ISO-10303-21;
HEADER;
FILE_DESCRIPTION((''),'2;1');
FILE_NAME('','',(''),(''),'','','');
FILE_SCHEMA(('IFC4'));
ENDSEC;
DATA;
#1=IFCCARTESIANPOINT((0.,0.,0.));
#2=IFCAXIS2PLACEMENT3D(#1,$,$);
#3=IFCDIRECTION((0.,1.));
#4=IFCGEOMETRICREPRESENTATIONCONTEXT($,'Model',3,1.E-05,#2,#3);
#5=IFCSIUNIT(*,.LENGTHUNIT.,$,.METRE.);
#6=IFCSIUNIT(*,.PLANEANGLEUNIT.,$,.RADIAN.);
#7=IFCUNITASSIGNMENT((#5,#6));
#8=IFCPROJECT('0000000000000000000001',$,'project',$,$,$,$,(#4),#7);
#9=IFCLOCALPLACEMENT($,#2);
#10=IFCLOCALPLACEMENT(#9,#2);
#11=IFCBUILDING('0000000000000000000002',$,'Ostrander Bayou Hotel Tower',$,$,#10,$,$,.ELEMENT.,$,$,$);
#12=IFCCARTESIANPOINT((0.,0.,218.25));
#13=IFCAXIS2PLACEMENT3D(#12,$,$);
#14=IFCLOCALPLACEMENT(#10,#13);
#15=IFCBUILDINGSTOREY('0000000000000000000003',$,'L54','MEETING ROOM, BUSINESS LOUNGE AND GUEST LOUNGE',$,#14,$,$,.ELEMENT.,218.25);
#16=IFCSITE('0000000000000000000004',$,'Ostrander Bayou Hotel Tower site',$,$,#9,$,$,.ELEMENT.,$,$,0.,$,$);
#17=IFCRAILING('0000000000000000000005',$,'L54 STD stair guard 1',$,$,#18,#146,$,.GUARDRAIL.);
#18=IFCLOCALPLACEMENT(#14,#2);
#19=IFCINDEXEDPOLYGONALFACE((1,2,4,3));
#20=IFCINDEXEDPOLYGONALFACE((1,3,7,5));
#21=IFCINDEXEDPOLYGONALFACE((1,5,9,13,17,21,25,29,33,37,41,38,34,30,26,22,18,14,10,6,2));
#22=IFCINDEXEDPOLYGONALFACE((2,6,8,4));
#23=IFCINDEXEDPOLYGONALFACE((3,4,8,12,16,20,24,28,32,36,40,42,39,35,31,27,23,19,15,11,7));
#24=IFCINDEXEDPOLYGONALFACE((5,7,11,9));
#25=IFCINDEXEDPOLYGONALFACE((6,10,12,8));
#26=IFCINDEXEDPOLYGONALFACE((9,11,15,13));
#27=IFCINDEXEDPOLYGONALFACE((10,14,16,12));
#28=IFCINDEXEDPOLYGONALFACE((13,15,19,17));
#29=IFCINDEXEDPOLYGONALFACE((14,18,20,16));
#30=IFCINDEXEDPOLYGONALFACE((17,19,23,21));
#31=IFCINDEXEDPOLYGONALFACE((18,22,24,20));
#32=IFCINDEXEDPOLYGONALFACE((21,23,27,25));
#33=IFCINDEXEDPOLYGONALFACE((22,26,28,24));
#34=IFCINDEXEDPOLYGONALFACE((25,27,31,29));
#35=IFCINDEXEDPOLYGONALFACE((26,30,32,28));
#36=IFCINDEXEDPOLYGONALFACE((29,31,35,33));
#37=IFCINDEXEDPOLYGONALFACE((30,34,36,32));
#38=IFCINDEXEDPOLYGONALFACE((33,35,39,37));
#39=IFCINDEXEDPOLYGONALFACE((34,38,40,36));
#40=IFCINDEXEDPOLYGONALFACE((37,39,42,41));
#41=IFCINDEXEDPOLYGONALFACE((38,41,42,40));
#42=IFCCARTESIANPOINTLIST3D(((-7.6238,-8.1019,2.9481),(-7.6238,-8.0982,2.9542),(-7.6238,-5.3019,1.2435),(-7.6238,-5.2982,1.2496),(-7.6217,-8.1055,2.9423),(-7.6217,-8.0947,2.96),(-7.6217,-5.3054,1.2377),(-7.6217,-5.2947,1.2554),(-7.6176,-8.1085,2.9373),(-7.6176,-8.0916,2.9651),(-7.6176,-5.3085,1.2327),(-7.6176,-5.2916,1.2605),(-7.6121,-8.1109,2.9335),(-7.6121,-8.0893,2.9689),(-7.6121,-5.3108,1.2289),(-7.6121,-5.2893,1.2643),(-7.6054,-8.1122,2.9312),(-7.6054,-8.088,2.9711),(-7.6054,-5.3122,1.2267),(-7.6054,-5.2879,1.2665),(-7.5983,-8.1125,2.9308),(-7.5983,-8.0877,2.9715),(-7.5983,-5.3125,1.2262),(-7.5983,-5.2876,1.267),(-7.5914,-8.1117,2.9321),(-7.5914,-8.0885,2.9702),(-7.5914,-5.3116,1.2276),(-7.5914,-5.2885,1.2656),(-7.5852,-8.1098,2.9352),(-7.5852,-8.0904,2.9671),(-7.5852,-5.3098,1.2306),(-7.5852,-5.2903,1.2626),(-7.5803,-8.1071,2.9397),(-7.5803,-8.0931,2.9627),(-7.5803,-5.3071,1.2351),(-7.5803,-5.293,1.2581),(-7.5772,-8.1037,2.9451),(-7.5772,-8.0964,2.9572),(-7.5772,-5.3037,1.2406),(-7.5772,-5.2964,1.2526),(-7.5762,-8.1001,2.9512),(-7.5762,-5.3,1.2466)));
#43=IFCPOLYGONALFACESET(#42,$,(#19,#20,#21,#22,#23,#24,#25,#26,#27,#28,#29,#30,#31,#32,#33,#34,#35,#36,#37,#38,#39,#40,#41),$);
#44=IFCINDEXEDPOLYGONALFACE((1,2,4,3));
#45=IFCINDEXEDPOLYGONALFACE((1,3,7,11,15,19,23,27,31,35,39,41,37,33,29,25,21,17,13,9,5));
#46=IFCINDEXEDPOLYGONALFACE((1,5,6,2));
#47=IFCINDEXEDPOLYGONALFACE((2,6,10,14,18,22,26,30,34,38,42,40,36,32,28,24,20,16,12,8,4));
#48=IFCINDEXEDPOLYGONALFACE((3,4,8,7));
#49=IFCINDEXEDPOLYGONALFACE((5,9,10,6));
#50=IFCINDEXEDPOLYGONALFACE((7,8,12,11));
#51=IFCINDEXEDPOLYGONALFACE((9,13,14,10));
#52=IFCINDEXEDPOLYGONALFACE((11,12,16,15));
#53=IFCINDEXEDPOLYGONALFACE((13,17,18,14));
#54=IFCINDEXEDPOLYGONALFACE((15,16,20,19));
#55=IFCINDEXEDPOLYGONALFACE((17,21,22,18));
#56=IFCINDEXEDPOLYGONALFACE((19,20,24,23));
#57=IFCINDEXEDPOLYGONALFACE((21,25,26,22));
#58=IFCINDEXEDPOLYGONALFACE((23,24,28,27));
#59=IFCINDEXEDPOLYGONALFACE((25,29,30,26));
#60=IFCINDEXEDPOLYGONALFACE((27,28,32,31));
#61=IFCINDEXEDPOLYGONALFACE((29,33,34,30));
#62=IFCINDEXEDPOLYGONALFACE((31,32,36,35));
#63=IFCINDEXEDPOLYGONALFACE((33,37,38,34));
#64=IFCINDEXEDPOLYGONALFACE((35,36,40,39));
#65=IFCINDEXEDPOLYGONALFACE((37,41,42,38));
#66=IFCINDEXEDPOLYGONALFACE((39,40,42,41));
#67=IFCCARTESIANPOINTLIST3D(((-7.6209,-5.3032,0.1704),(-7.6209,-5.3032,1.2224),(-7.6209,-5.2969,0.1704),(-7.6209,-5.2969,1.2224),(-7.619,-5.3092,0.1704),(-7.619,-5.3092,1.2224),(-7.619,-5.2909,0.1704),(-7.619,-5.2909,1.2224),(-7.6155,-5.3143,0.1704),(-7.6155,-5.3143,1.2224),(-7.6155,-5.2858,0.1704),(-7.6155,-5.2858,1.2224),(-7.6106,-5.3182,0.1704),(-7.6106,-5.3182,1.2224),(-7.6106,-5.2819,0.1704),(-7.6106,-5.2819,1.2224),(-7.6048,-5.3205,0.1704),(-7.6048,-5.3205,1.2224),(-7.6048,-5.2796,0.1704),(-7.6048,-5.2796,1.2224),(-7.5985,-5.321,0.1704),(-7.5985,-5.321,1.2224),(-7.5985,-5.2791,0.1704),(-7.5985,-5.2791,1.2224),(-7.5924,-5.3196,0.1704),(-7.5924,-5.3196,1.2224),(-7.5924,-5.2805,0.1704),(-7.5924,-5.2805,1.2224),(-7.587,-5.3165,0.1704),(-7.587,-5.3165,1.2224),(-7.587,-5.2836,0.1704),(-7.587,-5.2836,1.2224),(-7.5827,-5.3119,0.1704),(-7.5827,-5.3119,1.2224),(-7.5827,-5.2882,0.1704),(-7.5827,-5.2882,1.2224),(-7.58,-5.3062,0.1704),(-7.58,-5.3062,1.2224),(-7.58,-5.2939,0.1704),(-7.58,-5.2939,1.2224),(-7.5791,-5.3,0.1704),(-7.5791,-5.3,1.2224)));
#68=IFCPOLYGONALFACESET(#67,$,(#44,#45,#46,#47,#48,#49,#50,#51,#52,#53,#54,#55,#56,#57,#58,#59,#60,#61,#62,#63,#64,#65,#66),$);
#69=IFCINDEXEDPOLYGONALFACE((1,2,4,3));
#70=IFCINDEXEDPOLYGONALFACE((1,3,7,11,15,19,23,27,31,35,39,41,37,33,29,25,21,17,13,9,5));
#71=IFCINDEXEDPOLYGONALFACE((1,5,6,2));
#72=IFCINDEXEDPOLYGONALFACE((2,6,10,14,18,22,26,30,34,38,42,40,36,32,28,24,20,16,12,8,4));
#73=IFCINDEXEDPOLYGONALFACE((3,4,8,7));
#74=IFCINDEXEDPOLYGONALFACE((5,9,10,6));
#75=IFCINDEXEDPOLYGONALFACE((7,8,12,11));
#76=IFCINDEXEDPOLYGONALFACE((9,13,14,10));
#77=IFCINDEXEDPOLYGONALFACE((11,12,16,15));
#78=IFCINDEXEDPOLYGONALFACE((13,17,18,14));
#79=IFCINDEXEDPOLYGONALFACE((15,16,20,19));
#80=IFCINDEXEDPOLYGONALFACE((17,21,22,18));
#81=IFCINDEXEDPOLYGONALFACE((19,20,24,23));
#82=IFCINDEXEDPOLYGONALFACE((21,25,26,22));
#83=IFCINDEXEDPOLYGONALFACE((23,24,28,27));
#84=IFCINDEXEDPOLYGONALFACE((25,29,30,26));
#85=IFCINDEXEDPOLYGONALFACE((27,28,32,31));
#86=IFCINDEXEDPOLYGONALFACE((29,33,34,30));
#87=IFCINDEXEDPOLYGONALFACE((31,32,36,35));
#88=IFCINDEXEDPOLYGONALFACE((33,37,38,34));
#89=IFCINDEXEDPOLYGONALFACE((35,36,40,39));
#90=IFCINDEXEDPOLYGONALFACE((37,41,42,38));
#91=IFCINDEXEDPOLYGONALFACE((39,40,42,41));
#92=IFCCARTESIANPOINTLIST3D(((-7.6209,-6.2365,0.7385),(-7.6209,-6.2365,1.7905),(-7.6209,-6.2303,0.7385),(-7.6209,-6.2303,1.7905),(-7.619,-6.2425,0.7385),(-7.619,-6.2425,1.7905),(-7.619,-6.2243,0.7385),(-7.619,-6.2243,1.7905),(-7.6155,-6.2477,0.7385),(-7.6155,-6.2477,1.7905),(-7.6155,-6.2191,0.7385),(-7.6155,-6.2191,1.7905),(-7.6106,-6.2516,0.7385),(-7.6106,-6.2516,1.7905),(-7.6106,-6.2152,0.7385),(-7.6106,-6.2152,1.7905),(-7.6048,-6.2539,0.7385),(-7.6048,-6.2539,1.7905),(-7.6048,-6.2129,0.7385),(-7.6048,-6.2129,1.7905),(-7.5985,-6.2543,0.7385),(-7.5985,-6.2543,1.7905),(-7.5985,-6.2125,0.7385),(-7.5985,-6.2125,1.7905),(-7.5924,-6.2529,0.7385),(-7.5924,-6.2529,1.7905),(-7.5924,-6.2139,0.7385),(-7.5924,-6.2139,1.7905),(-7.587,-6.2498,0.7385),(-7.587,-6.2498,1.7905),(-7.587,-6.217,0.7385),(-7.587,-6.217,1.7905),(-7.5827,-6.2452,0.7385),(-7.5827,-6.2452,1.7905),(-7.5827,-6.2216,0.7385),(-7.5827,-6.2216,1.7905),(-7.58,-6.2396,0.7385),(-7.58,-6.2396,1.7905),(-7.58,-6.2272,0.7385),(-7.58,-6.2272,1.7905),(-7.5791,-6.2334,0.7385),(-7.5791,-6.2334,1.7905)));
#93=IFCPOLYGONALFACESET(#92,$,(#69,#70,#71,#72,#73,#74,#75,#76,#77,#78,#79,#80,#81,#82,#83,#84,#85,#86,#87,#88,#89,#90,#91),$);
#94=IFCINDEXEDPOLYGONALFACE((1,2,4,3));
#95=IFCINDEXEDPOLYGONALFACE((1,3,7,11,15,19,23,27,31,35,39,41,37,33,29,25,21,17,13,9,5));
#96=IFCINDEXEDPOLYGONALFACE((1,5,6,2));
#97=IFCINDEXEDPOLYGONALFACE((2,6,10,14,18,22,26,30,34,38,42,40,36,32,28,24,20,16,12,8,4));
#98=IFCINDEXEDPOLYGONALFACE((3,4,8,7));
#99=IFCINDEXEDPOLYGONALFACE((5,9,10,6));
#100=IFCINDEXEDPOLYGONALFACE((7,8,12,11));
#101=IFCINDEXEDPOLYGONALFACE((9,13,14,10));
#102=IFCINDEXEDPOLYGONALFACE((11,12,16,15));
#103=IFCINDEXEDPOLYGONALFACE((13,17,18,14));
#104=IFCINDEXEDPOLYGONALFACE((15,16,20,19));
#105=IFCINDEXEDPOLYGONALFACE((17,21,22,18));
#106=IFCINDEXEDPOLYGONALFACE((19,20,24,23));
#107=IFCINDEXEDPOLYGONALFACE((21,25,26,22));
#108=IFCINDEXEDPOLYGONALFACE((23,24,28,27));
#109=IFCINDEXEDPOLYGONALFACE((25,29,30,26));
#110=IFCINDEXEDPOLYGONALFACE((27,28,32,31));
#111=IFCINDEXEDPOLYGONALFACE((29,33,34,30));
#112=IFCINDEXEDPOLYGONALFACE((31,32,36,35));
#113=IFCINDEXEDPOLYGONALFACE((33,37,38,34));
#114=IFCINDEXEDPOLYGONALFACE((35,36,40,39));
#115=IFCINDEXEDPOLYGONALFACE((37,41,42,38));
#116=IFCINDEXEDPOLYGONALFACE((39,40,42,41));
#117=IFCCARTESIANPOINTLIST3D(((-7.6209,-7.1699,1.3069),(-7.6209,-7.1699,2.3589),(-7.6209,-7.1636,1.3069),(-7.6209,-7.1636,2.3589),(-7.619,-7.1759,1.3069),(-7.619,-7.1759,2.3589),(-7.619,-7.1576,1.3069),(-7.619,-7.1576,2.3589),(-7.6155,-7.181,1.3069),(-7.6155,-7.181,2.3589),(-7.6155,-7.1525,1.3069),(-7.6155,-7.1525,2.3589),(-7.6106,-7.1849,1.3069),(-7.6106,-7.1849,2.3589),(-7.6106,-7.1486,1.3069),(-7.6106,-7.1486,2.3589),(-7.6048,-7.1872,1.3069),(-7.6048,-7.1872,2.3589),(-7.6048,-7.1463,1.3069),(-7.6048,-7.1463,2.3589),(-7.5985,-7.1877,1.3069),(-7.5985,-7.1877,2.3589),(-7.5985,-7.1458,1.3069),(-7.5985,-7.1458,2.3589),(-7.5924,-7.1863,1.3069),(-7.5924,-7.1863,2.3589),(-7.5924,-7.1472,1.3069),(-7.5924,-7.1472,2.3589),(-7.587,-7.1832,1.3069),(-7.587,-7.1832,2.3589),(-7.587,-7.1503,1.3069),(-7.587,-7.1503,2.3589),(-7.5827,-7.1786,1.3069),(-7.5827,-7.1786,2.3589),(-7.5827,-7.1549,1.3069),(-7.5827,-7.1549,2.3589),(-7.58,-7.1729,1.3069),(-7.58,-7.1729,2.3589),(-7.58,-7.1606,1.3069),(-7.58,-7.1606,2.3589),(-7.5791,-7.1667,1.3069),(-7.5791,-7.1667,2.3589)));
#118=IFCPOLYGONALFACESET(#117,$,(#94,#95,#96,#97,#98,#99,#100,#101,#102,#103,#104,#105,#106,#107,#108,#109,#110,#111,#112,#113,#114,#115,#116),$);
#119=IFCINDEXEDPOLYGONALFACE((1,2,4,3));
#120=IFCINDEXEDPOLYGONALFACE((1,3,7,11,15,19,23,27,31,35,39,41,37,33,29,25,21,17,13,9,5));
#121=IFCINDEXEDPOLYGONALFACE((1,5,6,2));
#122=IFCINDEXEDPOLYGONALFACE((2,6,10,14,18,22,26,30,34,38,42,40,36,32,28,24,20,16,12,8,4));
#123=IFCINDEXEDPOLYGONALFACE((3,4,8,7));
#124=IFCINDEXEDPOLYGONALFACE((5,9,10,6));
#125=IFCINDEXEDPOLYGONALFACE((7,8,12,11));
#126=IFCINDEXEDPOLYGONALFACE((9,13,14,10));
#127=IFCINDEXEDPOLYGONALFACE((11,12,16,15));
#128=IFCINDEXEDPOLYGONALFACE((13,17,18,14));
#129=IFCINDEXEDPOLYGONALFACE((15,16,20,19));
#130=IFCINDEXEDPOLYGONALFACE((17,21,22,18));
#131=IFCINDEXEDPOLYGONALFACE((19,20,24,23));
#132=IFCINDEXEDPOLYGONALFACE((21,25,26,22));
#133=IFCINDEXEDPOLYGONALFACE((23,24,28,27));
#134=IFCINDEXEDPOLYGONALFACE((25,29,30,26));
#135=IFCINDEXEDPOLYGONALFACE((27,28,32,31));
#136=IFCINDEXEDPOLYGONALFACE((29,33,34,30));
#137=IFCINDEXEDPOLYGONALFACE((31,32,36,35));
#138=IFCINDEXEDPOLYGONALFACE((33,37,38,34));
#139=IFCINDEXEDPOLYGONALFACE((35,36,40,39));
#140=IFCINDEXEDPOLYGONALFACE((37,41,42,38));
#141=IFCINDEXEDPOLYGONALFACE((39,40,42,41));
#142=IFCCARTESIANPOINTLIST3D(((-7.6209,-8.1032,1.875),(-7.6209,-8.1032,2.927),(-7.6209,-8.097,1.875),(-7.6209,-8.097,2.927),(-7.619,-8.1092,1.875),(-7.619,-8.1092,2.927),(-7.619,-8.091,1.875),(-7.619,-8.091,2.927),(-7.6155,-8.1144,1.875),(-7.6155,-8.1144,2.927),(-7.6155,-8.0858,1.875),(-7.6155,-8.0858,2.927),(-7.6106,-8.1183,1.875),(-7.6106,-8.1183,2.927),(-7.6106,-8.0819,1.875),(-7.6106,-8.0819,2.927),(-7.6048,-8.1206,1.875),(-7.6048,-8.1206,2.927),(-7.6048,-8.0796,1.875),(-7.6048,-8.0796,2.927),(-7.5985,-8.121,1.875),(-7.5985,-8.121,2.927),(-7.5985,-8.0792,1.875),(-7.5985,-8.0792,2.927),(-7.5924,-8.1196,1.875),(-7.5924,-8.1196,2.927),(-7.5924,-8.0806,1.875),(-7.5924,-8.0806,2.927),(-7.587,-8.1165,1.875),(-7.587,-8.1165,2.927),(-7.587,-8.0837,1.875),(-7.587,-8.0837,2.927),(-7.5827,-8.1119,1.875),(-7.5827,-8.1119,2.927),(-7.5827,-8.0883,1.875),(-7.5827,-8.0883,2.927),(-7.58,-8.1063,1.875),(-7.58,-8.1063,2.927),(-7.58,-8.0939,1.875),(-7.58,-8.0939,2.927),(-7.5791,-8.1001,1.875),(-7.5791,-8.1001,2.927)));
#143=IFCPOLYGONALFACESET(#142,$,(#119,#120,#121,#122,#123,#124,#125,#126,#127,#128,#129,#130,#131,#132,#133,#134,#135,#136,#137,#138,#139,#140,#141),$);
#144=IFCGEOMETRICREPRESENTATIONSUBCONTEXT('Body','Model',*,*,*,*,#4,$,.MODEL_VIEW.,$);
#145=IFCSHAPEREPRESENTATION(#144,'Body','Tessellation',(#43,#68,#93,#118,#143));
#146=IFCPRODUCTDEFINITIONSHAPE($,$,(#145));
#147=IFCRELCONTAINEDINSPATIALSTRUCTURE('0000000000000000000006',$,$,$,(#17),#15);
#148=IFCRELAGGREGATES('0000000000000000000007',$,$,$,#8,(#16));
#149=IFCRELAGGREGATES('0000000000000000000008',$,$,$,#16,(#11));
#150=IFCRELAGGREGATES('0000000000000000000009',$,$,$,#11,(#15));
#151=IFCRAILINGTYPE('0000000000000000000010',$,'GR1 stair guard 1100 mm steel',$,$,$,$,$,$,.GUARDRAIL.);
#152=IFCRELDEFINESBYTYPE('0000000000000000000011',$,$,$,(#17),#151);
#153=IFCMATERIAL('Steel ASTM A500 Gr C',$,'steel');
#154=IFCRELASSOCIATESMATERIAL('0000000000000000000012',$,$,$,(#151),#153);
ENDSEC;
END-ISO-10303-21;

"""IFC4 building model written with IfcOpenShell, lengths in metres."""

from ifc_helpers import new_model, si_unit, direction, frame, origin, origin_2d, place, context, subcontext, project, spatial, circle, extrude, material, type_object, element, save


model = new_model("IFC4")

# Units and contexts
model_context = context("Model", 3, precision=1e-05, world=origin(), true_north=direction((0.0, 1.0)))
body_context = subcontext(model_context, "Body", "Model", "MODEL_VIEW")
ifc_project = project(units=[si_unit("LENGTHUNIT", "METRE"), si_unit("PLANEANGLEUNIT", "RADIAN")], contexts=[model_context])

# Site, building, storey
site_placement = place(None, origin())
site = spatial("IfcSite", under=ifc_project, at=site_placement, Name="Ostrander Bayou Hotel Tower site", CompositionType="ELEMENT", RefElevation=0.0)
building_placement = place(site_placement, origin())
building = spatial("IfcBuilding", under=site, at=building_placement, Name="Ostrander Bayou Hotel Tower", CompositionType="ELEMENT")
storey_placement = place(building_placement, frame((0.0, 0.0, 218.25)))
storey = spatial("IfcBuildingStorey", under=building, at=storey_placement, Name="L54", Description="MEETING ROOM, BUSINESS LOUNGE AND GUEST LOUNGE", CompositionType="ELEMENT", Elevation=218.25)

# Railing
ifc_material_1 = material(Name="Steel ASTM A500 Gr C", Category="steel")
railing_type_1 = type_object("IfcRailingType", Name="GR1 stair guard 1100 mm steel", PredefinedType="GUARDRAIL", material=ifc_material_1)
railing_1_placement = place(storey_placement, frame((-7.6001, -5.3, 0.1704)))
element("IfcRailing", 1, at=railing_1_placement, inside=storey, type_object=railing_type_1, Name="L54 STD stair guard 1", PredefinedType="GUARDRAIL", context=body_context, shape_type="SweptSolid", body=[
    extrude(circle(Radius=0.0239, at=origin_2d()), frame((0.0, 0.0, 1.0762), z_axis=(0.0, -0.85417, 0.519994), x_axis=(1.0, 0.0, 0.0)), (0.0, 0.0, 1.0), 3.2781),
    extrude(circle(Radius=0.021, at=origin_2d()), origin(), (0.0, 0.0, 1.0), 1.052),
    extrude(circle(Radius=0.021, at=origin_2d()), frame((0.0, -0.9333, 0.5681)), (0.0, 0.0, 1.0), 1.052),
    extrude(circle(Radius=0.021, at=origin_2d()), frame((0.0, -1.8667, 1.1365)), (0.0, 0.0, 1.0), 1.052),
    extrude(circle(Radius=0.021, at=origin_2d()), frame((0.0, -2.8, 1.7046)), (0.0, 0.0, 1.0), 1.052),
])

save(model, "model.ifc")
